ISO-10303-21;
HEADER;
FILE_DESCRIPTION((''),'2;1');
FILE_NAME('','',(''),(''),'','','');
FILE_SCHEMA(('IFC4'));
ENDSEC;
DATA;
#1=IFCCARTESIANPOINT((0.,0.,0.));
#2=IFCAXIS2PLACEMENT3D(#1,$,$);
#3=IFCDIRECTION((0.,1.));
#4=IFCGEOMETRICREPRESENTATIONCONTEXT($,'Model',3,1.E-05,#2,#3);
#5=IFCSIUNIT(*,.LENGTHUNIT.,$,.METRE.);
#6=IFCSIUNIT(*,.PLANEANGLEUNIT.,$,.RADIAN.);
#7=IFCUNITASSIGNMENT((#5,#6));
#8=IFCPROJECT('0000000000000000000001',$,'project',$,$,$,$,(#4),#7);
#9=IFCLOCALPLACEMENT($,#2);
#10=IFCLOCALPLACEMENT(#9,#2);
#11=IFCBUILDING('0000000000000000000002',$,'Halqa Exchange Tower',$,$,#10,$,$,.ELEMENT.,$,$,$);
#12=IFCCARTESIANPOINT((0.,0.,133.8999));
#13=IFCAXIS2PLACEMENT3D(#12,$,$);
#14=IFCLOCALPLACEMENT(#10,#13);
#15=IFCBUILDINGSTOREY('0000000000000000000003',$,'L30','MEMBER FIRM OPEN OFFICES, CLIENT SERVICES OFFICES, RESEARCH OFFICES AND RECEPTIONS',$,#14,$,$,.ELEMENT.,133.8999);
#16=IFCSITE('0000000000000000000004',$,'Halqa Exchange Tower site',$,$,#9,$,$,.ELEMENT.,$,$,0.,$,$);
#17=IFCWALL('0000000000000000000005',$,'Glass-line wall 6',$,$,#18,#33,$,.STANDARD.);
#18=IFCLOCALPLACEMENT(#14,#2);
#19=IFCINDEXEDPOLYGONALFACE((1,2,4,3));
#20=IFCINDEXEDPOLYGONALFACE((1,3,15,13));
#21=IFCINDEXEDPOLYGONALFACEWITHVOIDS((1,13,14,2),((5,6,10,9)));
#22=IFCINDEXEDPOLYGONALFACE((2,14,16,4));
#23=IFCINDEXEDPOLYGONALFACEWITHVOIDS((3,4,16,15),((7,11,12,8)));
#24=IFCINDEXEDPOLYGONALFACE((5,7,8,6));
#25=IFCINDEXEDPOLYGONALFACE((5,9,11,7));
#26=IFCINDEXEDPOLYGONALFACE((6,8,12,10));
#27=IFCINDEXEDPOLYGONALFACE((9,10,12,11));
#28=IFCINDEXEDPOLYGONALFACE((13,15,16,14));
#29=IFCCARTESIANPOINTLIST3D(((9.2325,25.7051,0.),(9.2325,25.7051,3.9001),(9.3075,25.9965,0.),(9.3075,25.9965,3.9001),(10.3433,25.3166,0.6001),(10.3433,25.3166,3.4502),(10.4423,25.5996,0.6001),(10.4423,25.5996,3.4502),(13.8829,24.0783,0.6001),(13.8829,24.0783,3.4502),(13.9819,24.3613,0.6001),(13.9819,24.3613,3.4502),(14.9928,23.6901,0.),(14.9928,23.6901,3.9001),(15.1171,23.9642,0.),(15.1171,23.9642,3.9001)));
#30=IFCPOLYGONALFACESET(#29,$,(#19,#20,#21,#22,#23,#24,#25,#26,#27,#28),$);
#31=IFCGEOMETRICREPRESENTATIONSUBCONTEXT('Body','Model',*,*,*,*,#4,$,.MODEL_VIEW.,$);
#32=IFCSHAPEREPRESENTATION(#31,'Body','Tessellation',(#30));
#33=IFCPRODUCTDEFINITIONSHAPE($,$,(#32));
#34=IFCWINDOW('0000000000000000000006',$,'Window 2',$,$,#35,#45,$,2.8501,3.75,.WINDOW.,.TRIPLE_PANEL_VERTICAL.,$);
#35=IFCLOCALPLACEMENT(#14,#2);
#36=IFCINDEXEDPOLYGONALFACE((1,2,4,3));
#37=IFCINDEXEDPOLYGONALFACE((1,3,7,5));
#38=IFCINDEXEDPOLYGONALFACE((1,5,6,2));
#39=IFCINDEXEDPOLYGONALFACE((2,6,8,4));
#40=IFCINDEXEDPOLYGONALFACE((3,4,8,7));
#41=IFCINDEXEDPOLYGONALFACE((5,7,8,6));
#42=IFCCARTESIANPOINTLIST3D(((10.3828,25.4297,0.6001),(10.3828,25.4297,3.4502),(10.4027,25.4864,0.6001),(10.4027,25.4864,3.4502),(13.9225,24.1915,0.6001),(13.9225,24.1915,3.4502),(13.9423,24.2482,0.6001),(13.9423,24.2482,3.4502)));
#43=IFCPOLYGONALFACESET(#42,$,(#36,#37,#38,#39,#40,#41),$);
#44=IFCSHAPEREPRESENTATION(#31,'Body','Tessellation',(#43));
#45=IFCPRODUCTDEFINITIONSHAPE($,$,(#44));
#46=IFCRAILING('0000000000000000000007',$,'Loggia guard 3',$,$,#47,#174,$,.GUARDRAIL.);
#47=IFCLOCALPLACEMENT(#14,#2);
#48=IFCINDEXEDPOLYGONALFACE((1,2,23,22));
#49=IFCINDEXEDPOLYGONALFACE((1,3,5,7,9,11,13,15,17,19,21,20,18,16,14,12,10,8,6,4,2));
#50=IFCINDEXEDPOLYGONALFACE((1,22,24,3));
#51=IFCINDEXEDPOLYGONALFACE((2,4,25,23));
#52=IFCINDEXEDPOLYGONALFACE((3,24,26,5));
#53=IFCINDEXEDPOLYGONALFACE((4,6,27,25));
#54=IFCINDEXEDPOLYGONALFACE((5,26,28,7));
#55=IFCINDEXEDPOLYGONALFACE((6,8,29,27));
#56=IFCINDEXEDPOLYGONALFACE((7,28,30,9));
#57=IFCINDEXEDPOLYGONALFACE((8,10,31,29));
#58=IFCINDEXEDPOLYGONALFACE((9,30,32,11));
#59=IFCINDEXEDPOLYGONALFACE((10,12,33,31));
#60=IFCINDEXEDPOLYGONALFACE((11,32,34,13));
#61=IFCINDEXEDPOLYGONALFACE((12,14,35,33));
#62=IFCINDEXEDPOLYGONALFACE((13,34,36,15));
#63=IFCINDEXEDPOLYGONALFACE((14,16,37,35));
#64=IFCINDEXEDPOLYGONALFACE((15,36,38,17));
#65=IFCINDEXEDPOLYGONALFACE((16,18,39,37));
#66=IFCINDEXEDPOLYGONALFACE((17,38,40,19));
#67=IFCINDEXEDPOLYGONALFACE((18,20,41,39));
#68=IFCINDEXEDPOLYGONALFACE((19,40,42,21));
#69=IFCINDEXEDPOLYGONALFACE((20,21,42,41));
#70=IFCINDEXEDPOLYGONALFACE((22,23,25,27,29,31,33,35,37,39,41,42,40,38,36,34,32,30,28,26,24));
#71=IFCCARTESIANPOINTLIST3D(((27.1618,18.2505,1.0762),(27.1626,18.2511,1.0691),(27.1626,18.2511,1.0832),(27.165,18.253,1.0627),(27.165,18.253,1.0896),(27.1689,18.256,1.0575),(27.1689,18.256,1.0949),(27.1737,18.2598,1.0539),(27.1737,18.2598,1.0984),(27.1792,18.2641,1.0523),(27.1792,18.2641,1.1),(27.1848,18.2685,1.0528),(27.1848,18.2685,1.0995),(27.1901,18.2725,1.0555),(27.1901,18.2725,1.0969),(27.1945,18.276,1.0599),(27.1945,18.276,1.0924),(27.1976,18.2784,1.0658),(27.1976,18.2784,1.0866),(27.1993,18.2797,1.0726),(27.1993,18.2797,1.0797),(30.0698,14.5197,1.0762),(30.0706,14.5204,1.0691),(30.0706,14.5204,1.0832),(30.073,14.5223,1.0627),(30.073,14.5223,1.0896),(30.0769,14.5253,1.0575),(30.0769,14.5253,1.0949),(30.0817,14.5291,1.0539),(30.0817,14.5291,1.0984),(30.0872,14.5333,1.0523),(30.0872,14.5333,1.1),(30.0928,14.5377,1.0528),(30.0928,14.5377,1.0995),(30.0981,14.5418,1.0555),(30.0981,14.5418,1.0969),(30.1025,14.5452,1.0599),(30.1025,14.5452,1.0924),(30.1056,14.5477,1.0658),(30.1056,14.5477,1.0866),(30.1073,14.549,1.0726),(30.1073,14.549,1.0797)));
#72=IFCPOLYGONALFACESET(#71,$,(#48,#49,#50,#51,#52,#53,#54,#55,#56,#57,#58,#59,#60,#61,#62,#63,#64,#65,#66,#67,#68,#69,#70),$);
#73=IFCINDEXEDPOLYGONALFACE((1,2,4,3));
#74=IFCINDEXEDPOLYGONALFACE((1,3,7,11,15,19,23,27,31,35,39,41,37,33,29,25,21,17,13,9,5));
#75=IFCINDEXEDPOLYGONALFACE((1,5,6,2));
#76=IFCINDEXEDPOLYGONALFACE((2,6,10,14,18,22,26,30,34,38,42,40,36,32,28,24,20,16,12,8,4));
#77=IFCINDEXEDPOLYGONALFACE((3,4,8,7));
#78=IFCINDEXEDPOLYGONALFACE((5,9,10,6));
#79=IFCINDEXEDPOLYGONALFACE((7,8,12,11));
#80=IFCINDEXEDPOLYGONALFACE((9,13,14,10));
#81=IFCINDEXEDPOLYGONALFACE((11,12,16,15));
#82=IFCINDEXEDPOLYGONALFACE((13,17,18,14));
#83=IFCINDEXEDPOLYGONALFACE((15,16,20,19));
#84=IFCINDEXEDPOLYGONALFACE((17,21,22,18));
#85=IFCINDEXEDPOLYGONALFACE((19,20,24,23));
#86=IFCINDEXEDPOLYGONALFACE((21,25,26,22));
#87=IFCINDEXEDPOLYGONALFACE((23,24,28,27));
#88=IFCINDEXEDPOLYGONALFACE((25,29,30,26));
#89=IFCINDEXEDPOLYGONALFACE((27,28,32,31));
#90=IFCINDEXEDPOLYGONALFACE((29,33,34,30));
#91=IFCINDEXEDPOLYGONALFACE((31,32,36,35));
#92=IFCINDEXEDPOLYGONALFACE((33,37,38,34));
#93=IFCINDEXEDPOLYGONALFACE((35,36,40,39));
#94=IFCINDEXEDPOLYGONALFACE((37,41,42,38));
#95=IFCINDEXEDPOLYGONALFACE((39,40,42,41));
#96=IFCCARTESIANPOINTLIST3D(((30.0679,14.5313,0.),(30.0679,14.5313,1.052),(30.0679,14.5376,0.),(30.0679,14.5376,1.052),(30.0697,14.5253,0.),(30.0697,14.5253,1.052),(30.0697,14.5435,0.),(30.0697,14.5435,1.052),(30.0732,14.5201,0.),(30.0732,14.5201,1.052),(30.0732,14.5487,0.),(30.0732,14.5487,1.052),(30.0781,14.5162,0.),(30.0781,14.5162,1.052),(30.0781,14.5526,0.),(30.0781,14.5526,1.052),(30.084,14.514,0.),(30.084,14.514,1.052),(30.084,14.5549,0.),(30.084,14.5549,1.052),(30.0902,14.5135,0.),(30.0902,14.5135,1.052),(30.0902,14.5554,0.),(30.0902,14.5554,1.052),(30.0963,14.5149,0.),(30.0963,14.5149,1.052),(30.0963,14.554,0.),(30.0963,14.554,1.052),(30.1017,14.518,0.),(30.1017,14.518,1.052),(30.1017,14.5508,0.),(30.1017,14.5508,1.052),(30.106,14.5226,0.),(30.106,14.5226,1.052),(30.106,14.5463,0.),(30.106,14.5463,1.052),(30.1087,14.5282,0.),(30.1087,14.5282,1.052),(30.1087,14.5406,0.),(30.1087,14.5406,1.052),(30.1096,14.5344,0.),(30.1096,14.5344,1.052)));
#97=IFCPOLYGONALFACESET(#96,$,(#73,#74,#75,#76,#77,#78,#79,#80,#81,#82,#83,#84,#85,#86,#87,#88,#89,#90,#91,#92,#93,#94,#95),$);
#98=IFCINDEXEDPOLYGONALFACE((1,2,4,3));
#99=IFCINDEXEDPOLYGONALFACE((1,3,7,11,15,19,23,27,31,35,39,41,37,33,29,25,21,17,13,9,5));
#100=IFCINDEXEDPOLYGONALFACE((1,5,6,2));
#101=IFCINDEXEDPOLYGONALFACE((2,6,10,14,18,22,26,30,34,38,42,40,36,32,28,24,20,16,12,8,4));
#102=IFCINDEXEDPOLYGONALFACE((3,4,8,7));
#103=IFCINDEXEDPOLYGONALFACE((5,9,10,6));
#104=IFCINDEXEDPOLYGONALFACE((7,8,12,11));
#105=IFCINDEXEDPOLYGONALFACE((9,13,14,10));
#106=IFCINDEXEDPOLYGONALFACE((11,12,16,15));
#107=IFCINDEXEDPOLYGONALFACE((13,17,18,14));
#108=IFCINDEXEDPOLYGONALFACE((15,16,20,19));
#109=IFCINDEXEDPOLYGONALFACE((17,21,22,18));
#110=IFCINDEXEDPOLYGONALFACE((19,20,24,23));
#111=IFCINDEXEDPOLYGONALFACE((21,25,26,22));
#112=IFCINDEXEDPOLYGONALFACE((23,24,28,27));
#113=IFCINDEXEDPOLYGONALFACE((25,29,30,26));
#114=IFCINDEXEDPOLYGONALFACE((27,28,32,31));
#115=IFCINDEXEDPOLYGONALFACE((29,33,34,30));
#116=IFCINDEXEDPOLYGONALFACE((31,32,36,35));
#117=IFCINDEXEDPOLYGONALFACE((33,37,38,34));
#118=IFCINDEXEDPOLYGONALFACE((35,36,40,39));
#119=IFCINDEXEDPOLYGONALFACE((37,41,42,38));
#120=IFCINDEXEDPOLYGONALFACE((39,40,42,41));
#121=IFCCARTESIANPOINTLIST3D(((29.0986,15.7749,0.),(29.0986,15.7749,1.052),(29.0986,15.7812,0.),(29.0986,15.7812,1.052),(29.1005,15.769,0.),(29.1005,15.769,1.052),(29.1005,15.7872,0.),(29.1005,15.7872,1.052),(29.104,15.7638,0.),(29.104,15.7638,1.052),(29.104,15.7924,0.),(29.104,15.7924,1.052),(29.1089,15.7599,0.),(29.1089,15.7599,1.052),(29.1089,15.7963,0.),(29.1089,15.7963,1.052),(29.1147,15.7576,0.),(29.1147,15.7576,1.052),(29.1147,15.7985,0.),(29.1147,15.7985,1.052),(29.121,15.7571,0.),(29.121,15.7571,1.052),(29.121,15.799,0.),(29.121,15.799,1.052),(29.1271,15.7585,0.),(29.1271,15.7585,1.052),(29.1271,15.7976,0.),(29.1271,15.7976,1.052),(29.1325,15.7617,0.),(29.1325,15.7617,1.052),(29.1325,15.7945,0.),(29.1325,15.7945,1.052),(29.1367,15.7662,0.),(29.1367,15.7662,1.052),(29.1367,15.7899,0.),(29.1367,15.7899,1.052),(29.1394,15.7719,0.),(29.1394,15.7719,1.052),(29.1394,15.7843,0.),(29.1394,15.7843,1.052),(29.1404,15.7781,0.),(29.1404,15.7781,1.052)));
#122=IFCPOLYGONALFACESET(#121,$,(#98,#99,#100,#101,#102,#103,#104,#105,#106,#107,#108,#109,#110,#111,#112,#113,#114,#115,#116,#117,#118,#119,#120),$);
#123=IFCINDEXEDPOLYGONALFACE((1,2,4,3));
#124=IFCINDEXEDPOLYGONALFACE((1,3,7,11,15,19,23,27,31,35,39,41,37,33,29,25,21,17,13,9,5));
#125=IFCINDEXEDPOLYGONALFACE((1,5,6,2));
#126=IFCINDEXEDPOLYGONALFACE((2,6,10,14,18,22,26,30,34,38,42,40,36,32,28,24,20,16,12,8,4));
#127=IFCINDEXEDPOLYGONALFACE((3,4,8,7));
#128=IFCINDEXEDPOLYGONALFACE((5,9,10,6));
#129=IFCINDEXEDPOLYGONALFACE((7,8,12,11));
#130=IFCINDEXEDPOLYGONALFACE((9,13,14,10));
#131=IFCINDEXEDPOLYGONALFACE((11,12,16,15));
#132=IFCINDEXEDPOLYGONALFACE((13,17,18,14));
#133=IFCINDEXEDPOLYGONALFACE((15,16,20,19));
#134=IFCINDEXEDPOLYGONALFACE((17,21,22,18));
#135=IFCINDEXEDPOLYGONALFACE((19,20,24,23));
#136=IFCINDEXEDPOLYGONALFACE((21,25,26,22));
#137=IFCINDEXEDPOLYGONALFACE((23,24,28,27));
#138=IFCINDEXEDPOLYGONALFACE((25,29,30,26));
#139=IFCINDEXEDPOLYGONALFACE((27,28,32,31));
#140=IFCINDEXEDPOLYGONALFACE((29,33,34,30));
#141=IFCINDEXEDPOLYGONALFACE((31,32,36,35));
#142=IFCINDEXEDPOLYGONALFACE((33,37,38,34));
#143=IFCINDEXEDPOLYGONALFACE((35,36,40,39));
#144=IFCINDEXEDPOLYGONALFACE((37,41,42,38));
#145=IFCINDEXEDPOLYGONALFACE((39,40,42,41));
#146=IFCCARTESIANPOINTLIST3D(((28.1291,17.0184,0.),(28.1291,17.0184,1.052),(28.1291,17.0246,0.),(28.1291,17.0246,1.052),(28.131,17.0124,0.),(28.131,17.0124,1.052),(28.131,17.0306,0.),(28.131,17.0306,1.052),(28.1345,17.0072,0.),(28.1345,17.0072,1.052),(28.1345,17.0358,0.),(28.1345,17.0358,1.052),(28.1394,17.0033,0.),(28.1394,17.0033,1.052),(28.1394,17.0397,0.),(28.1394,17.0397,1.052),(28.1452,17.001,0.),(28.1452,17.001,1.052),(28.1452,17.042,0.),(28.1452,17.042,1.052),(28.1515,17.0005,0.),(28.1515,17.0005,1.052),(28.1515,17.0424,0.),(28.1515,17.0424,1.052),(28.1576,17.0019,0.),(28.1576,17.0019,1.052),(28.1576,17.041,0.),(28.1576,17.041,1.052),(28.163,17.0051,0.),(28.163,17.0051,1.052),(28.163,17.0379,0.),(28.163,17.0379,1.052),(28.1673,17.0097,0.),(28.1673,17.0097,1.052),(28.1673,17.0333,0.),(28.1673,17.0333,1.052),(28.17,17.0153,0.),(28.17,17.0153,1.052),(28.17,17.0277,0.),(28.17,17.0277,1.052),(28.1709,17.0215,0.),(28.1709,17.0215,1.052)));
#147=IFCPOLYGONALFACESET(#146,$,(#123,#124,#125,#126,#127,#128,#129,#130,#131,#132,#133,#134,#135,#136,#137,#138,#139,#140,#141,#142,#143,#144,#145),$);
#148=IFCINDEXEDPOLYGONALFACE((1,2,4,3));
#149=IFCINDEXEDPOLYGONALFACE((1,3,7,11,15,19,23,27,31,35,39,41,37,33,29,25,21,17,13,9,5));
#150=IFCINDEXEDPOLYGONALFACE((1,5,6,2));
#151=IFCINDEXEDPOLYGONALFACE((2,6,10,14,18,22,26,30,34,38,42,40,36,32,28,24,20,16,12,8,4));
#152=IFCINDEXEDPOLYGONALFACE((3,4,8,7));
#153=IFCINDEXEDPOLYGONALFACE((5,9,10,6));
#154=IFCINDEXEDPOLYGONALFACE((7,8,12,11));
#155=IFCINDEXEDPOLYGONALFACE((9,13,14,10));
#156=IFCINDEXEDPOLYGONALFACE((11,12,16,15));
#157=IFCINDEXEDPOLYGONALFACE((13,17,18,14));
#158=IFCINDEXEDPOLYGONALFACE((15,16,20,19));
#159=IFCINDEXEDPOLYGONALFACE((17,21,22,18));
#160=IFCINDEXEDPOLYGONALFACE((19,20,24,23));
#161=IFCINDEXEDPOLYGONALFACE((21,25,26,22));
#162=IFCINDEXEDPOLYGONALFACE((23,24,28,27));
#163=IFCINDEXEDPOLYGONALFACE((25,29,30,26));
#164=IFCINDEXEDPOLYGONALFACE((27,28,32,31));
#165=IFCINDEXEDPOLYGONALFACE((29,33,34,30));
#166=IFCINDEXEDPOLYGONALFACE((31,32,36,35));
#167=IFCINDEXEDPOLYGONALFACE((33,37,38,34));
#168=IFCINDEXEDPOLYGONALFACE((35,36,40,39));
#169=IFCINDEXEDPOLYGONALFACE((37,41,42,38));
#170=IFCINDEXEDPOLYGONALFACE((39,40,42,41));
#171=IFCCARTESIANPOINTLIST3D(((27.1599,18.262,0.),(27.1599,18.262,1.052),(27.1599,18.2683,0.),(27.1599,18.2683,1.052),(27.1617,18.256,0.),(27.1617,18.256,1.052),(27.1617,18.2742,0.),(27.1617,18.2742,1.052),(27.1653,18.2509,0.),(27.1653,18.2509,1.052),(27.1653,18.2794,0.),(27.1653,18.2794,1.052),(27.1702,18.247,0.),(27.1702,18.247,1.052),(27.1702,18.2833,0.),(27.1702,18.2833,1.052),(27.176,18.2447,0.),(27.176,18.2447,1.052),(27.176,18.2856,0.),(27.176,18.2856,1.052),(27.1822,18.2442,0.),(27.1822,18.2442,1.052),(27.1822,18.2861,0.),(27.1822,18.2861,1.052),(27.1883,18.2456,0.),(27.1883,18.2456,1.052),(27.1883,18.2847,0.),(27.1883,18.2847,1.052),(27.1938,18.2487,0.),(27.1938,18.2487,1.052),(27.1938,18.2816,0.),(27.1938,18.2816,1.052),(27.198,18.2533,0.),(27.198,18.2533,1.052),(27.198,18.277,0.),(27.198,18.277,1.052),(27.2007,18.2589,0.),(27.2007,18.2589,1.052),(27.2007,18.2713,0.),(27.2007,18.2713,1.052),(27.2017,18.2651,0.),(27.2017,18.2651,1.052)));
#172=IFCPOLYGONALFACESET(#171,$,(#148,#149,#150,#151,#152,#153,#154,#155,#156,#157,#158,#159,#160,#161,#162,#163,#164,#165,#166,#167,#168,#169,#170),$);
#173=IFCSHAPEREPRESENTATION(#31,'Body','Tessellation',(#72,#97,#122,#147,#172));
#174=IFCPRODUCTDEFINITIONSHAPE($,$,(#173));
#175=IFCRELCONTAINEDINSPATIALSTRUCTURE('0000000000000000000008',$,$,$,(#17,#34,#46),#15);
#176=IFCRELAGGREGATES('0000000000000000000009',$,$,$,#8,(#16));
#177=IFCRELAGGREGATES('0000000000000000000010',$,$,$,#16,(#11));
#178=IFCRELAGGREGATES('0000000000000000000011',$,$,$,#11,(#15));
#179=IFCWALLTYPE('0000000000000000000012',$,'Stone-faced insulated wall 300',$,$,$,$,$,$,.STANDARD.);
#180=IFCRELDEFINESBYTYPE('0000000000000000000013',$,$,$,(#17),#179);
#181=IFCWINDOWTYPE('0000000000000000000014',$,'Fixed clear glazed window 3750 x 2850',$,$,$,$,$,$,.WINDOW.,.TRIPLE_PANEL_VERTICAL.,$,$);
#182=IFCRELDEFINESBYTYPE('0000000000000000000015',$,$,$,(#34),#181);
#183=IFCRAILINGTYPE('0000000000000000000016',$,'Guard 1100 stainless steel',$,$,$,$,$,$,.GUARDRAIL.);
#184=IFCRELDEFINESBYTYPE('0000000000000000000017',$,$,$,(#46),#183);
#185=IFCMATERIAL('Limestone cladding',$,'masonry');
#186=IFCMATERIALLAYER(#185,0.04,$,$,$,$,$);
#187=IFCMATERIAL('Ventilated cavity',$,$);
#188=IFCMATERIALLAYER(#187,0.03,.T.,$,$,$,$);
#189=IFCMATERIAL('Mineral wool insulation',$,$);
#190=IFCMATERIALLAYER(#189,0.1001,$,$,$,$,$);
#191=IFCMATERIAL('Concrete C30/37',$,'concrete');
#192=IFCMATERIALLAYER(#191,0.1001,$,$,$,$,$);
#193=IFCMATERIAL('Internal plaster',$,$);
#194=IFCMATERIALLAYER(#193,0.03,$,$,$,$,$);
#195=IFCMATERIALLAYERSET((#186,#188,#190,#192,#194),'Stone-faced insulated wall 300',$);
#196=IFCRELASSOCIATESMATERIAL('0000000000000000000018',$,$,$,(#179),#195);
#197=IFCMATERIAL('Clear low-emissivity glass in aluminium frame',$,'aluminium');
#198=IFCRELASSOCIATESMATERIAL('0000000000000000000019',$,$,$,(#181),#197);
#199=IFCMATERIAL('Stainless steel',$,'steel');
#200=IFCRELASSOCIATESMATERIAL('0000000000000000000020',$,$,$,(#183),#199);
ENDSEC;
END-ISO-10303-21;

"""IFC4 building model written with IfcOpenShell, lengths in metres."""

from ifc_helpers import new_model, si_unit, direction, frame, frame_2d, origin, origin_2d, place, context, subcontext, project, spatial, polyline, rectangle, circle, outline, extrude, material, layer, layer_set, type_object, element, fill, save


model = new_model("IFC4")

# Units and contexts
model_context = context("Model", 3, precision=1e-05, world=origin(), true_north=direction((0.0, 1.0)))
body_context = subcontext(model_context, "Body", "Model", "MODEL_VIEW")
ifc_project = project(units=[si_unit("LENGTHUNIT", "METRE"), si_unit("PLANEANGLEUNIT", "RADIAN")], contexts=[model_context])

# Site, building, storey
site_placement = place(None, origin())
site = spatial("IfcSite", under=ifc_project, at=site_placement, Name="Halqa Exchange Tower site", CompositionType="ELEMENT", RefElevation=0.0)
building_placement = place(site_placement, origin())
building = spatial("IfcBuilding", under=site, at=building_placement, Name="Halqa Exchange Tower", CompositionType="ELEMENT")
storey_placement = place(building_placement, frame((0.0, 0.0, 133.8999)))
storey = spatial("IfcBuildingStorey", under=building, at=storey_placement, Name="L30", Description="MEMBER FIRM OPEN OFFICES, CLIENT SERVICES OFFICES, RESEARCH OFFICES AND RECEPTIONS", CompositionType="ELEMENT", Elevation=133.8999)

# Shared definitions
ifc_material_1 = material(Name="Limestone cladding", Category="masonry")
ifc_layer_1 = layer(ifc_material_1, 0.04)
ifc_material_2 = material(Name="Ventilated cavity")
ifc_layer_2 = layer(ifc_material_2, 0.03, ventilated=True)
ifc_material_3 = material(Name="Mineral wool insulation")
ifc_layer_3 = layer(ifc_material_3, 0.1001)
ifc_material_4 = material(Name="Concrete C30/37", Category="concrete")
ifc_layer_4 = layer(ifc_material_4, 0.1001)
ifc_material_5 = material(Name="Internal plaster")
ifc_layer_5 = layer(ifc_material_5, 0.03)
ifc_layer_set_1 = layer_set([ifc_layer_1, ifc_layer_2, ifc_layer_3, ifc_layer_4, ifc_layer_5], Name="Stone-faced insulated wall 300")
wall_type_1 = type_object("IfcWallType", Name="Stone-faced insulated wall 300", PredefinedType="STANDARD", material=ifc_layer_set_1)
ifc_material_6 = material(Name="Clear low-emissivity glass in aluminium frame", Category="aluminium")

# Wall, opening, window
window_type = type_object("IfcWindowType", Name="Fixed clear glazed window 3750 x 2850", PartitioningType="TRIPLE_PANEL_VERTICAL", PredefinedType="WINDOW", material=ifc_material_6)
wall_1_placement = place(storey_placement, frame((15.0549, 23.8271, 0.0), z_axis=(0.0, 0.0, 1.0), x_axis=(-0.943911, 0.3302, 0.0)))
wall_1 = element("IfcWall", 1, at=wall_1_placement, inside=storey, type_object=wall_type_1, Name="Glass-line wall 6", PredefinedType="STANDARD", context=body_context, shape_type="SweptSolid", body=[
    extrude(outline(polyline([(-0.0134, -0.1499), (6.1414, -0.1499), (6.116, 0.1499), (0.0134, 0.1499), (-0.0134, -0.1499)])), origin(), (0.0, 0.0, 1.0), 3.9001),
])
opening_1_placement = place(wall_1_placement, frame((1.1892, 0.0, 0.6001)))
opening_1 = element("IfcOpeningElement", 2, at=opening_1_placement, cuts=wall_1, PredefinedType="OPENING", context=body_context, shape_type="SweptSolid", body=[
    extrude(rectangle(XDim=3.75, YDim=2.8501, at=frame_2d((1.875, 1.425))), frame((0.0, 0.1621, 0.0), z_axis=(0.0, -1.0, 0.0), x_axis=(1.0, 0.0, 0.0)), (0.0, 0.0, 1.0), 0.324),
])
window_1_placement = place(opening_1_placement, origin())
window_1 = element("IfcWindow", 3, at=window_1_placement, inside=storey, type_object=window_type, Name="Window 2", OverallHeight=2.8501, OverallWidth=3.75, PartitioningType="TRIPLE_PANEL_VERTICAL", PredefinedType="WINDOW", context=body_context, shape_type="SweptSolid", body=[
    extrude(rectangle(XDim=3.75, YDim=2.8501, at=frame_2d((1.875, 1.425))), frame((0.0, 0.03, 0.0), z_axis=(0.0, -1.0, 0.0), x_axis=(1.0, 0.0, 0.0)), (0.0, 0.0, 1.0), 0.0601),
])
fill(opening_1, window_1)

# Railing
ifc_material_7 = material(Name="Stainless steel", Category="steel")
railing_type = type_object("IfcRailingType", Name="Guard 1100 stainless steel", PredefinedType="GUARDRAIL", material=ifc_material_7)
railing_1_placement = place(storey_placement, frame((30.0886, 14.5344, 0.0)))
element("IfcRailing", 4, at=railing_1_placement, inside=storey, type_object=railing_type, Name="Loggia guard 3", PredefinedType="GUARDRAIL", context=body_context, shape_type="SweptSolid", body=[
    extrude(circle(Radius=0.0239, at=origin_2d()), frame((0.0, 0.0, 1.0762), z_axis=(-0.614769, 0.788707, 0.0), x_axis=(-0.788707, -0.614769, 0.0)), (0.0, 0.0, 1.0), 4.7302),
    extrude(circle(Radius=0.021, at=origin_2d()), origin(), (0.0, 0.0, 1.0), 1.052),
    extrude(circle(Radius=0.021, at=origin_2d()), frame((-0.9692, 1.2437, 0.0)), (0.0, 0.0, 1.0), 1.052),
    extrude(circle(Radius=0.021, at=origin_2d()), frame((-1.9387, 2.4871, 0.0)), (0.0, 0.0, 1.0), 1.052),
    extrude(circle(Radius=0.021, at=origin_2d()), frame((-2.908, 3.7307, 0.0)), (0.0, 0.0, 1.0), 1.052),
])

save(model, "model.ifc")
